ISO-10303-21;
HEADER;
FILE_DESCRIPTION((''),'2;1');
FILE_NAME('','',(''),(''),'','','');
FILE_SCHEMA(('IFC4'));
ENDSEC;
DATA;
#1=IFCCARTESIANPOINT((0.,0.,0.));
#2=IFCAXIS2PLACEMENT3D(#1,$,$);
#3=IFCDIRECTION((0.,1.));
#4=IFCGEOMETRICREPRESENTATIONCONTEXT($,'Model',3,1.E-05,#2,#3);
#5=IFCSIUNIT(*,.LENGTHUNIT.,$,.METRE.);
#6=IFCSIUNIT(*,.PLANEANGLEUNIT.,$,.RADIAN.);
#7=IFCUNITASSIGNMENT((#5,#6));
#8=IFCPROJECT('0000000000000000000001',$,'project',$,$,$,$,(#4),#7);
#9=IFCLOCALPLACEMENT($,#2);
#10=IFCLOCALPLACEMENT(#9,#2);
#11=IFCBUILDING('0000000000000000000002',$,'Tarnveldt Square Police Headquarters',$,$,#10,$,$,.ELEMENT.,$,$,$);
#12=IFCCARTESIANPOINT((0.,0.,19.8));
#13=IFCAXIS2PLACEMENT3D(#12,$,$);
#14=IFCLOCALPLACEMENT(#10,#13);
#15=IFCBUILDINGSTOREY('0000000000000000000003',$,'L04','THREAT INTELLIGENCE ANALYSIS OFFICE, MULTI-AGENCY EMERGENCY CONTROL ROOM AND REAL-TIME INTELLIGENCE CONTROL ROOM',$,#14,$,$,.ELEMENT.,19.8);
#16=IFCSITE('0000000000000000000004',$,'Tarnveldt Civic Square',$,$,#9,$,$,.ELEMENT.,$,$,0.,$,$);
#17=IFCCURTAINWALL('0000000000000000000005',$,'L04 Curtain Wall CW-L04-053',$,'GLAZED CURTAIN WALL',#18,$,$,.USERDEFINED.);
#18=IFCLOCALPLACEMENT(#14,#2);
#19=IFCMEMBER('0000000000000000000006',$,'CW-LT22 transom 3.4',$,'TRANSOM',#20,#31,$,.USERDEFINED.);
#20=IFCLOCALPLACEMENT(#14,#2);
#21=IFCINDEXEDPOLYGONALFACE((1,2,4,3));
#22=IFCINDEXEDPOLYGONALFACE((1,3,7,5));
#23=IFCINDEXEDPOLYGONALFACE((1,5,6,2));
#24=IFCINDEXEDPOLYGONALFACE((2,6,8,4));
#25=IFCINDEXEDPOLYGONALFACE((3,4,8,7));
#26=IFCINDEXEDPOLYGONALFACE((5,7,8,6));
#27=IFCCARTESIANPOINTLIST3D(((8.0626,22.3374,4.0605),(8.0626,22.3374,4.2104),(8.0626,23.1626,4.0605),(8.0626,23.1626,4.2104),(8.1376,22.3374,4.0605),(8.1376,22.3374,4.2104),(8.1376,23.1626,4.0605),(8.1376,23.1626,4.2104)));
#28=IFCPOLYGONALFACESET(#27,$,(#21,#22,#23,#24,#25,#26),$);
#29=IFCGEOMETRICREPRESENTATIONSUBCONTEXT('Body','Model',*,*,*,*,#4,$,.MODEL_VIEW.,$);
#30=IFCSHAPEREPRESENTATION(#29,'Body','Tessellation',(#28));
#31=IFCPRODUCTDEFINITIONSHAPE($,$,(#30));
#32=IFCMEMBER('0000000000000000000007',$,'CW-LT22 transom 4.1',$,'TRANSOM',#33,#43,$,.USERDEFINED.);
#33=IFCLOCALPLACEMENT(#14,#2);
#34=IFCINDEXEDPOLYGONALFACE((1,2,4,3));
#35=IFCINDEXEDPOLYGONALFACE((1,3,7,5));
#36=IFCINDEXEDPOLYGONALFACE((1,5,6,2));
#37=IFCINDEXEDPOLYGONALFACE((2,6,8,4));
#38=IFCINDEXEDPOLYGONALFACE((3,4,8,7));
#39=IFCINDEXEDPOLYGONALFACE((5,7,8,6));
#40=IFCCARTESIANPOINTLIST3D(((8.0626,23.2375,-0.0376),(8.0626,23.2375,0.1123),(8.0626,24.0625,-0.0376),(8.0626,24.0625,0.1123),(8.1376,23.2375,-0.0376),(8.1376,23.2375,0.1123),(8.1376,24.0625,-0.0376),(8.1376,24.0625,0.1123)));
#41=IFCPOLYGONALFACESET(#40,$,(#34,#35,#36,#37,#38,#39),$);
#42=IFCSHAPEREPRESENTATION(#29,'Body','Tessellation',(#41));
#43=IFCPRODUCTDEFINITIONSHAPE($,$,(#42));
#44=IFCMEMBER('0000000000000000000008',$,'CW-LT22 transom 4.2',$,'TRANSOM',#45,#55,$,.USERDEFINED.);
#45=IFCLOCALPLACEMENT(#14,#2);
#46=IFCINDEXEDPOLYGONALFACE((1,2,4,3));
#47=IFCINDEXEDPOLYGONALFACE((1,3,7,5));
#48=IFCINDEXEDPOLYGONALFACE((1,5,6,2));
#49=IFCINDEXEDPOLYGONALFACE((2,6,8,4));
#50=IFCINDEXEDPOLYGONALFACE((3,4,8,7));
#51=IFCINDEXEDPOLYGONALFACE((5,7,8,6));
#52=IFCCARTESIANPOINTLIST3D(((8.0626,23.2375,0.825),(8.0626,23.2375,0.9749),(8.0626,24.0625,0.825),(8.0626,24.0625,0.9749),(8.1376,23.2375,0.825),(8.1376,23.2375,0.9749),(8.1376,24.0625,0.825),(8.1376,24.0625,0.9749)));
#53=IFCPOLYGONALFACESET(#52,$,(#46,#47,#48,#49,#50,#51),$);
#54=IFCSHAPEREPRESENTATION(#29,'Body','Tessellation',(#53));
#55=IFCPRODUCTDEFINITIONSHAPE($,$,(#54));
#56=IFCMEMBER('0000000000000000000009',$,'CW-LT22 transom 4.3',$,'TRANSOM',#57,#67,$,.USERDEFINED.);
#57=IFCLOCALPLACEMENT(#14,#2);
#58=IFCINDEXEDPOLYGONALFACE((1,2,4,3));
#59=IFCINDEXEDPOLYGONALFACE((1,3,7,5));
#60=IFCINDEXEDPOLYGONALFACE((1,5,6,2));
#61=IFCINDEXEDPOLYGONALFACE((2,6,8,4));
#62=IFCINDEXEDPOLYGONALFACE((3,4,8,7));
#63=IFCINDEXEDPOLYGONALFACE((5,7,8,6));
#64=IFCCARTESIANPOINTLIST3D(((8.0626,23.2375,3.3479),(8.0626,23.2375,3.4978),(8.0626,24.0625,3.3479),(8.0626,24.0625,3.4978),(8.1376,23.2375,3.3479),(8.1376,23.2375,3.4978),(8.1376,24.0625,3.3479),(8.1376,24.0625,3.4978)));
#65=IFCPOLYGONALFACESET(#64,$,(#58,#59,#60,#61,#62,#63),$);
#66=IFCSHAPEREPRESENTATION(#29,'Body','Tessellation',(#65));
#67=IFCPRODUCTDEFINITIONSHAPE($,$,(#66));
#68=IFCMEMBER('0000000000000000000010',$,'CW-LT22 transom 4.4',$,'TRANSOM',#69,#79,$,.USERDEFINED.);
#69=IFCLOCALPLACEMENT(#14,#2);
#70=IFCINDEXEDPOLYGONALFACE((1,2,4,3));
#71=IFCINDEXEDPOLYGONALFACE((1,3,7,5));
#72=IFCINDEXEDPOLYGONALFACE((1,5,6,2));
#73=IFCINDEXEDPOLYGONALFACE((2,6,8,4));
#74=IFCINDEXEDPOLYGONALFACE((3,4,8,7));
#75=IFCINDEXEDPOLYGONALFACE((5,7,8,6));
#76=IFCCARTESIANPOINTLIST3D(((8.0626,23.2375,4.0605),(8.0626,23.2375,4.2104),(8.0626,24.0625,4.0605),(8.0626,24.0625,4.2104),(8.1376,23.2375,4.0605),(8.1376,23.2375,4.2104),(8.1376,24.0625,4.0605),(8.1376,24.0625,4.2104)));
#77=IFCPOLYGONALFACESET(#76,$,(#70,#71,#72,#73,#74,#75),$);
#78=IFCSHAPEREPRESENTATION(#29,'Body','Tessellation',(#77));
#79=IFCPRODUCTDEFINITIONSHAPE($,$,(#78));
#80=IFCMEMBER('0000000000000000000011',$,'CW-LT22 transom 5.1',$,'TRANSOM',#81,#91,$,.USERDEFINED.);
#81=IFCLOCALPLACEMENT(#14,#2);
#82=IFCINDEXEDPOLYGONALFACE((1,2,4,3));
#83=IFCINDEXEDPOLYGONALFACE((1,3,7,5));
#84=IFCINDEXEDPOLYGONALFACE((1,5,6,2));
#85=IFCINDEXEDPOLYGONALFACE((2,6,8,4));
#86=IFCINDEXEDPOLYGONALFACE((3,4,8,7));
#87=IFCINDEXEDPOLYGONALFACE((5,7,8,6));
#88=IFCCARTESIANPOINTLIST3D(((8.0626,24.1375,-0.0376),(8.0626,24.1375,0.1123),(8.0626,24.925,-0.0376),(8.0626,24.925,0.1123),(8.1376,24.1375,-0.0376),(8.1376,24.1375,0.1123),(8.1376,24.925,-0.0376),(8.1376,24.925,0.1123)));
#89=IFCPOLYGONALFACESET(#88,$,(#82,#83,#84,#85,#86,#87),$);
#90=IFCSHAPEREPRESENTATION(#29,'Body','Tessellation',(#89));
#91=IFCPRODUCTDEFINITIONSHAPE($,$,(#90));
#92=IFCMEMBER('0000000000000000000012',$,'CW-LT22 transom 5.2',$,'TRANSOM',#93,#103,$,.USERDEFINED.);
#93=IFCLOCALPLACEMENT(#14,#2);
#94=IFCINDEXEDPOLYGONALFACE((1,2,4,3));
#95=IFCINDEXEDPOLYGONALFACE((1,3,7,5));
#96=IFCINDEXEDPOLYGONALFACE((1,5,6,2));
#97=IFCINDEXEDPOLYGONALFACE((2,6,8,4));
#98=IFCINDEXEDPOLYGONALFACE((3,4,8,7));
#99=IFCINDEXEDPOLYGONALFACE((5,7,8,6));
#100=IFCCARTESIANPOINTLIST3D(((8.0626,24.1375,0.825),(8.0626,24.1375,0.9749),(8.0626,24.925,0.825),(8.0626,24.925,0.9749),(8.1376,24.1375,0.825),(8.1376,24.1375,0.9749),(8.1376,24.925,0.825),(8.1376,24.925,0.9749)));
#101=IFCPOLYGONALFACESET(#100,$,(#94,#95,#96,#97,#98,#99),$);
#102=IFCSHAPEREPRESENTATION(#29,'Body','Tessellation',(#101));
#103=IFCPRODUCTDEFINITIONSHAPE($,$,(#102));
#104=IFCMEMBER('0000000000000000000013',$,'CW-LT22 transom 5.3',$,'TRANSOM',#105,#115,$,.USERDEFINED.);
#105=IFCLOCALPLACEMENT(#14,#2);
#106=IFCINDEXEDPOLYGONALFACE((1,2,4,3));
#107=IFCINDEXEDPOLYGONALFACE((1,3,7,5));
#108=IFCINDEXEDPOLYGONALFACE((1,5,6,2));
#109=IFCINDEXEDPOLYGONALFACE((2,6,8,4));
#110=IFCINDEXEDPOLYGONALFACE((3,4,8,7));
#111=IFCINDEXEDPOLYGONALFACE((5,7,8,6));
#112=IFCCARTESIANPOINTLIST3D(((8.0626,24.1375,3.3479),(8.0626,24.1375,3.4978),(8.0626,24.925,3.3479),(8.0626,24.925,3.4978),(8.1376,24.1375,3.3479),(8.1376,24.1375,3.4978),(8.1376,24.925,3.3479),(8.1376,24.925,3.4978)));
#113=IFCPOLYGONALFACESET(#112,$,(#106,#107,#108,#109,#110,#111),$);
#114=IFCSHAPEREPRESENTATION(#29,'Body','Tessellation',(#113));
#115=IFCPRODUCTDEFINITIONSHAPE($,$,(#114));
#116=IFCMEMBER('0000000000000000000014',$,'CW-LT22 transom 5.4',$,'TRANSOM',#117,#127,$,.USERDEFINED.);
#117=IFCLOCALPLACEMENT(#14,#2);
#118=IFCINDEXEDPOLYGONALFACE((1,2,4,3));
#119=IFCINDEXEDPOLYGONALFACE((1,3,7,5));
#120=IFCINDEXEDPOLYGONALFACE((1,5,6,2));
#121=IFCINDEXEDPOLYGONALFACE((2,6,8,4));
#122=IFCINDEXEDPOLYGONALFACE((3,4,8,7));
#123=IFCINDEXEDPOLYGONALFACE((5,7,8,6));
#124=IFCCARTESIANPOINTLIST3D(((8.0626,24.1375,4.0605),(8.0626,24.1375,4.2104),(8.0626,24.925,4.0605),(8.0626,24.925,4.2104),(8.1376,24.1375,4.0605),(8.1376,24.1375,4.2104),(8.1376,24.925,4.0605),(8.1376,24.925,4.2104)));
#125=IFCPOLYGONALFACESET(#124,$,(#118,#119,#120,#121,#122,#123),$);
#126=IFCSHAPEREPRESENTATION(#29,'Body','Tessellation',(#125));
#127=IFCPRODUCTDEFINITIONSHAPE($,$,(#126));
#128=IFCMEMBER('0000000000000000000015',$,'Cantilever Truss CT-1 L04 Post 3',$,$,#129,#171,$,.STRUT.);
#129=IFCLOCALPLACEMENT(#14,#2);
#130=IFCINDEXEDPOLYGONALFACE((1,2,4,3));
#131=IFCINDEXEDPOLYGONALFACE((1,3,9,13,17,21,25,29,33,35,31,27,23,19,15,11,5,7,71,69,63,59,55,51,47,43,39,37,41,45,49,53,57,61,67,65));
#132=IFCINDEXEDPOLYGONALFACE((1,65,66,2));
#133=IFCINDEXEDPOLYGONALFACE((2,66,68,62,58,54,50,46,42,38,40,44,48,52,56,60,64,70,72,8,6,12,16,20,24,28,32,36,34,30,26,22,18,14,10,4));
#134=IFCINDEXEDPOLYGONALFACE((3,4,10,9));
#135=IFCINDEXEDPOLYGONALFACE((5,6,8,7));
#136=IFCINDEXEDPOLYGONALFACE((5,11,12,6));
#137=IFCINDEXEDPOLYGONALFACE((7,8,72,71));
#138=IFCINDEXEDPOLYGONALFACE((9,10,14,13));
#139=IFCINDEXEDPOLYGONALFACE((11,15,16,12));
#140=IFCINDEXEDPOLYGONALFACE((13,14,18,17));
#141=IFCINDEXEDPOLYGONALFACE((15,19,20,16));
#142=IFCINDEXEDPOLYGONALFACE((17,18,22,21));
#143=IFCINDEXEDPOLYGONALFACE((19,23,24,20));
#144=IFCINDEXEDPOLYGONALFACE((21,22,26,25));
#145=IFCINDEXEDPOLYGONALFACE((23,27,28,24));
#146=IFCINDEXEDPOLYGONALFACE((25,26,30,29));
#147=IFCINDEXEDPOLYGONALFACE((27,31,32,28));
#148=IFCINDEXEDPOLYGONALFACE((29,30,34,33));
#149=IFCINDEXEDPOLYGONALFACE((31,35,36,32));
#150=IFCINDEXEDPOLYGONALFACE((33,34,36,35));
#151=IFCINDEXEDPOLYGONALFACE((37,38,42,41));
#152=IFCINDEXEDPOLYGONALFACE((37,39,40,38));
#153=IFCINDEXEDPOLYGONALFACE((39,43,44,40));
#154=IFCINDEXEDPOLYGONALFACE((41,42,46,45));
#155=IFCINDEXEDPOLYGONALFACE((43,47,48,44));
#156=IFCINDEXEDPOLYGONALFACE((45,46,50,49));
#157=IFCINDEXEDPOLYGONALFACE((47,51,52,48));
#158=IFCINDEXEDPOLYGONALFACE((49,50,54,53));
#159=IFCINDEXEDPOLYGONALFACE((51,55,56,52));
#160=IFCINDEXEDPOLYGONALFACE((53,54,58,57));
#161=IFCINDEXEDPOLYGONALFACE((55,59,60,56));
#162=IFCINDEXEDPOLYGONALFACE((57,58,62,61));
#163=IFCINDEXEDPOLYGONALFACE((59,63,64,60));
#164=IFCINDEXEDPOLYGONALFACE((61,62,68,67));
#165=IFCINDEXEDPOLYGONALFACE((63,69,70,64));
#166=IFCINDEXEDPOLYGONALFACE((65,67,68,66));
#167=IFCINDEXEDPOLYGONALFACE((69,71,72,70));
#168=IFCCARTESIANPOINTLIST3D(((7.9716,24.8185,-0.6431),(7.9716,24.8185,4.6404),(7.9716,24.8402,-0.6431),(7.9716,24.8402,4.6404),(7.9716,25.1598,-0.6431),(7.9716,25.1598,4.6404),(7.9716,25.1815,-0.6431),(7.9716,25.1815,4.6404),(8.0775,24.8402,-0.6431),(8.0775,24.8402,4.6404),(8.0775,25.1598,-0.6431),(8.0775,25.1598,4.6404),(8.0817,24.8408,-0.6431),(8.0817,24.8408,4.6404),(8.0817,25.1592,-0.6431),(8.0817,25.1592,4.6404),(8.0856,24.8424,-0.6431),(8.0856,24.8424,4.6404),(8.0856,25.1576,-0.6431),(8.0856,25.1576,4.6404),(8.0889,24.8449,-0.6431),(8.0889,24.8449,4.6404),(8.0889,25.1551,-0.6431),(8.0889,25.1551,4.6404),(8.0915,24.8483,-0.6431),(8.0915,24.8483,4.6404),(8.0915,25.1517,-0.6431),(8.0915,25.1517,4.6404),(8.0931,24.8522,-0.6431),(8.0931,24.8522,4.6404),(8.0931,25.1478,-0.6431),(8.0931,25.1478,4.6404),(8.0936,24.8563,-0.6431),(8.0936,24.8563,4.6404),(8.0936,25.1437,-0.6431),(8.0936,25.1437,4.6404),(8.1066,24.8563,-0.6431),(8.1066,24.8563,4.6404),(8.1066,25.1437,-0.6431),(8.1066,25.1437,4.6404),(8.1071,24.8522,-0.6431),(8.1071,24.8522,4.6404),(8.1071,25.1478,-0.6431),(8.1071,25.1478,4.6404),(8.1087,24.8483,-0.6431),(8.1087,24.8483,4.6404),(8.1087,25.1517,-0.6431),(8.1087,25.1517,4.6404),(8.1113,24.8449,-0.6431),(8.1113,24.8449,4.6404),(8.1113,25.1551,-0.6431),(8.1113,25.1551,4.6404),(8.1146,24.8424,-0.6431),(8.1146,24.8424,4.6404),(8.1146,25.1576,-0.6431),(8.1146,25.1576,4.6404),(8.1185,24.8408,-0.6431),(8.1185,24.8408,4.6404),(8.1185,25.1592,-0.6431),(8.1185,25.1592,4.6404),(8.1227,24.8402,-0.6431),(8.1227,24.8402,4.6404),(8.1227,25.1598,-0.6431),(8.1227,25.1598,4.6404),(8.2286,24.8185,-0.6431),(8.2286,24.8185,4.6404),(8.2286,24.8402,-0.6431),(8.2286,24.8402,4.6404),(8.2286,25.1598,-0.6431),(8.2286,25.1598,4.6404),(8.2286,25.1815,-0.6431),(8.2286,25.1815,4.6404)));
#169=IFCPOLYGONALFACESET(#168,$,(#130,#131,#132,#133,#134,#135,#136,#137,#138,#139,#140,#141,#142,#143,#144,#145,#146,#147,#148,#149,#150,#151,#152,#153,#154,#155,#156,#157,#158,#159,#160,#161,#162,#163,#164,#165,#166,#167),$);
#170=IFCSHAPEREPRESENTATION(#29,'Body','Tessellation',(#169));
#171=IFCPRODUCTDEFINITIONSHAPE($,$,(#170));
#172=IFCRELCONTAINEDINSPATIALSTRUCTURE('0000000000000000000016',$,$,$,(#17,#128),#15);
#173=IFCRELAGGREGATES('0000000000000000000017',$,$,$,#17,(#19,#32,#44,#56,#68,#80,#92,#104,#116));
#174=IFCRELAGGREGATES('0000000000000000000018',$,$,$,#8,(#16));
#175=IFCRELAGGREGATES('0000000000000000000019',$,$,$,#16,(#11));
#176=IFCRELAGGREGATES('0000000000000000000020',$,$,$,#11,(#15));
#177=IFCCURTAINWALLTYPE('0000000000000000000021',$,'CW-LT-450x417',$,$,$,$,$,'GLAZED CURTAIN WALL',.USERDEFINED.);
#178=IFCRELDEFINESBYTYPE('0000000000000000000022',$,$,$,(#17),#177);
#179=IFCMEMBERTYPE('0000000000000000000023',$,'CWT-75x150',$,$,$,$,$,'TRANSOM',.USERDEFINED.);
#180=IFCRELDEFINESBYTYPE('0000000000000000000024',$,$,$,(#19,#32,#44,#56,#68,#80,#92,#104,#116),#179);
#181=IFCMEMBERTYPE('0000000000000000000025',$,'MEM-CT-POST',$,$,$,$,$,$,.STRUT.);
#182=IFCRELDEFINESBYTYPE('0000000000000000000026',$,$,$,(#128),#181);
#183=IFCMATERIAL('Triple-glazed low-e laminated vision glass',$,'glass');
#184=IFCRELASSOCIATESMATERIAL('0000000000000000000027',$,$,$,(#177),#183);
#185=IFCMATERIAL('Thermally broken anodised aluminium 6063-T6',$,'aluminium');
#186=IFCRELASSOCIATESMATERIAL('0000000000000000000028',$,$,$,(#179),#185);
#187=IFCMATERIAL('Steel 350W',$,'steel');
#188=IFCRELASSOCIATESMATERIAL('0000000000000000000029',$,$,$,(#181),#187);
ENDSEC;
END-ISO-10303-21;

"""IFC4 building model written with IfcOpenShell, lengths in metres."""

from ifc_helpers import new_model, si_unit, direction, frame, origin, origin_2d, place, context, subcontext, project, spatial, rectangle, i_section, extrude, material, material_profile, profile_set, type_object, element, aggregate, save


model = new_model("IFC4")

# Units and contexts
model_context = context("Model", 3, precision=1e-05, world=origin(), true_north=direction((0.0, 1.0)))
body_context = subcontext(model_context, "Body", "Model", "MODEL_VIEW")
ifc_project = project(units=[si_unit("LENGTHUNIT", "METRE"), si_unit("PLANEANGLEUNIT", "RADIAN")], contexts=[model_context])

# Site, building, storey
site_placement = place(None, origin())
site = spatial("IfcSite", under=ifc_project, at=site_placement, Name="Tarnveldt Civic Square", CompositionType="ELEMENT", RefElevation=0.0)
building_placement = place(site_placement, origin())
building = spatial("IfcBuilding", under=site, at=building_placement, Name="Tarnveldt Square Police Headquarters", CompositionType="ELEMENT")
storey_placement = place(building_placement, frame((0.0, 0.0, 19.8)))
storey = spatial("IfcBuildingStorey", under=building, at=storey_placement, Name="L04", Description="THREAT INTELLIGENCE ANALYSIS OFFICE, MULTI-AGENCY EMERGENCY CONTROL ROOM AND REAL-TIME INTELLIGENCE CONTROL ROOM", CompositionType="ELEMENT", Elevation=19.8)

# Shared definitions
ifc_material_1 = material(Name="Steel 350W", Category="steel")

# Curtain wall, members
ifc_material_2 = material(Name="Triple-glazed low-e laminated vision glass", Category="glass")
curtain_wall_type = type_object("IfcCurtainWallType", Name="CW-LT-450x417", ElementType="GLAZED CURTAIN WALL", PredefinedType="USERDEFINED", material=ifc_material_2)
curtain_wall_placement = place(storey_placement, origin())
curtain_wall = element("IfcCurtainWall", 1, at=curtain_wall_placement, inside=storey, type_object=curtain_wall_type, Name="L04 Curtain Wall CW-L04-053", ObjectType="GLAZED CURTAIN WALL", PredefinedType="USERDEFINED")
ifc_material_3 = material(Name="Thermally broken anodised aluminium 6063-T6", Category="aluminium")
ifc_material_profile_1 = material_profile(ifc_material_3, rectangle(XDim=0.075, YDim=0.1499, at=origin_2d()), Name="CW-T75x150")
ifc_profile_set_1 = profile_set([ifc_material_profile_1], Name="Thermally broken anodised aluminium 6063-T6")
member_type_1 = type_object("IfcMemberType", Name="CWT-75x150", ElementType="TRANSOM", PredefinedType="USERDEFINED", material=ifc_profile_set_1)
member_1_placement = place(storey_placement, frame((8.1001, 22.3374, 4.1355), z_axis=(0.0, 1.0, 0.0), x_axis=(-1.0, 0.0, 0.0)))
member_1 = element("IfcMember", 2, at=member_1_placement, type_object=member_type_1, Name="CW-LT22 transom 3.4", ObjectType="TRANSOM", PredefinedType="USERDEFINED", context=body_context, shape_type="SweptSolid", body=[
    extrude(rectangle(XDim=0.075, YDim=0.1499, at=origin_2d()), origin(), (0.0, 0.0, 1.0), 0.8252),
])
member_2_placement = place(storey_placement, frame((8.1001, 23.2375, 0.0374), z_axis=(0.0, 1.0, 0.0), x_axis=(-1.0, 0.0, 0.0)))
member_2 = element("IfcMember", 3, at=member_2_placement, type_object=member_type_1, Name="CW-LT22 transom 4.1", ObjectType="TRANSOM", PredefinedType="USERDEFINED", context=body_context, shape_type="SweptSolid", body=[
    extrude(rectangle(XDim=0.075, YDim=0.1499, at=origin_2d()), origin(), (0.0, 0.0, 1.0), 0.825),
])
member_3_placement = place(storey_placement, frame((8.1001, 23.2375, 0.8999), z_axis=(0.0, 1.0, 0.0), x_axis=(-1.0, 0.0, 0.0)))
member_3 = element("IfcMember", 4, at=member_3_placement, type_object=member_type_1, Name="CW-LT22 transom 4.2", ObjectType="TRANSOM", PredefinedType="USERDEFINED", context=body_context, shape_type="SweptSolid", body=[
    extrude(rectangle(XDim=0.075, YDim=0.1499, at=origin_2d()), origin(), (0.0, 0.0, 1.0), 0.825),
])
member_4_placement = place(storey_placement, frame((8.1001, 23.2375, 3.4229), z_axis=(0.0, 1.0, 0.0), x_axis=(-1.0, 0.0, 0.0)))
member_4 = element("IfcMember", 5, at=member_4_placement, type_object=member_type_1, Name="CW-LT22 transom 4.3", ObjectType="TRANSOM", PredefinedType="USERDEFINED", context=body_context, shape_type="SweptSolid", body=[
    extrude(rectangle(XDim=0.075, YDim=0.1499, at=origin_2d()), origin(), (0.0, 0.0, 1.0), 0.825),
])
member_5_placement = place(storey_placement, frame((8.1001, 23.2375, 4.1355), z_axis=(0.0, 1.0, 0.0), x_axis=(-1.0, 0.0, 0.0)))
member_5 = element("IfcMember", 6, at=member_5_placement, type_object=member_type_1, Name="CW-LT22 transom 4.4", ObjectType="TRANSOM", PredefinedType="USERDEFINED", context=body_context, shape_type="SweptSolid", body=[
    extrude(rectangle(XDim=0.075, YDim=0.1499, at=origin_2d()), origin(), (0.0, 0.0, 1.0), 0.825),
])
member_6_placement = place(storey_placement, frame((8.1001, 24.1375, 0.0374), z_axis=(0.0, 1.0, 0.0), x_axis=(-1.0, 0.0, 0.0)))
member_6 = element("IfcMember", 7, at=member_6_placement, type_object=member_type_1, Name="CW-LT22 transom 5.1", ObjectType="TRANSOM", PredefinedType="USERDEFINED", context=body_context, shape_type="SweptSolid", body=[
    extrude(rectangle(XDim=0.075, YDim=0.1499, at=origin_2d()), origin(), (0.0, 0.0, 1.0), 0.7876),
])
member_7_placement = place(storey_placement, frame((8.1001, 24.1375, 0.8999), z_axis=(0.0, 1.0, 0.0), x_axis=(-1.0, 0.0, 0.0)))
member_7 = element("IfcMember", 8, at=member_7_placement, type_object=member_type_1, Name="CW-LT22 transom 5.2", ObjectType="TRANSOM", PredefinedType="USERDEFINED", context=body_context, shape_type="SweptSolid", body=[
    extrude(rectangle(XDim=0.075, YDim=0.1499, at=origin_2d()), origin(), (0.0, 0.0, 1.0), 0.7876),
])
member_8_placement = place(storey_placement, frame((8.1001, 24.1375, 3.4229), z_axis=(0.0, 1.0, 0.0), x_axis=(-1.0, 0.0, 0.0)))
member_8 = element("IfcMember", 9, at=member_8_placement, type_object=member_type_1, Name="CW-LT22 transom 5.3", ObjectType="TRANSOM", PredefinedType="USERDEFINED", context=body_context, shape_type="SweptSolid", body=[
    extrude(rectangle(XDim=0.075, YDim=0.1499, at=origin_2d()), origin(), (0.0, 0.0, 1.0), 0.7876),
])
member_9_placement = place(storey_placement, frame((8.1001, 24.1375, 4.1355), z_axis=(0.0, 1.0, 0.0), x_axis=(-1.0, 0.0, 0.0)))
member_9 = element("IfcMember", 10, at=member_9_placement, type_object=member_type_1, Name="CW-LT22 transom 5.4", ObjectType="TRANSOM", PredefinedType="USERDEFINED", context=body_context, shape_type="SweptSolid", body=[
    extrude(rectangle(XDim=0.075, YDim=0.1499, at=origin_2d()), origin(), (0.0, 0.0, 1.0), 0.7876),
])

# Member
ifc_material_profile_2 = material_profile(ifc_material_1, i_section(OverallWidth=0.2571, OverallDepth=0.363, WebThickness=0.0129, FlangeThickness=0.0217, FilletRadius=0.0161, at=origin_2d()), Name="W360x122")
ifc_profile_set_2 = profile_set([ifc_material_profile_2], Name="Steel 350W")
member_type_2 = type_object("IfcMemberType", Name="MEM-CT-POST", PredefinedType="STRUT", material=ifc_profile_set_2)
member_10_placement = place(storey_placement, frame((8.1001, 25.0, -0.6431), z_axis=(0.0, 0.0, 1.0), x_axis=(1.0, 0.0, 0.0)))
element("IfcMember", 11, at=member_10_placement, inside=storey, type_object=member_type_2, Name="Cantilever Truss CT-1 L04 Post 3", PredefinedType="STRUT", context=body_context, shape_type="SweptSolid", body=[
    extrude(i_section(OverallWidth=0.2571, OverallDepth=0.363, WebThickness=0.0129, FlangeThickness=0.0217, FilletRadius=0.0161, at=origin_2d()), origin(), (0.0, 0.0, 1.0), 5.2834),
])

aggregate(curtain_wall, [member_1, member_2, member_3, member_4, member_5, member_6, member_7, member_8, member_9])

save(model, "model.ifc")
